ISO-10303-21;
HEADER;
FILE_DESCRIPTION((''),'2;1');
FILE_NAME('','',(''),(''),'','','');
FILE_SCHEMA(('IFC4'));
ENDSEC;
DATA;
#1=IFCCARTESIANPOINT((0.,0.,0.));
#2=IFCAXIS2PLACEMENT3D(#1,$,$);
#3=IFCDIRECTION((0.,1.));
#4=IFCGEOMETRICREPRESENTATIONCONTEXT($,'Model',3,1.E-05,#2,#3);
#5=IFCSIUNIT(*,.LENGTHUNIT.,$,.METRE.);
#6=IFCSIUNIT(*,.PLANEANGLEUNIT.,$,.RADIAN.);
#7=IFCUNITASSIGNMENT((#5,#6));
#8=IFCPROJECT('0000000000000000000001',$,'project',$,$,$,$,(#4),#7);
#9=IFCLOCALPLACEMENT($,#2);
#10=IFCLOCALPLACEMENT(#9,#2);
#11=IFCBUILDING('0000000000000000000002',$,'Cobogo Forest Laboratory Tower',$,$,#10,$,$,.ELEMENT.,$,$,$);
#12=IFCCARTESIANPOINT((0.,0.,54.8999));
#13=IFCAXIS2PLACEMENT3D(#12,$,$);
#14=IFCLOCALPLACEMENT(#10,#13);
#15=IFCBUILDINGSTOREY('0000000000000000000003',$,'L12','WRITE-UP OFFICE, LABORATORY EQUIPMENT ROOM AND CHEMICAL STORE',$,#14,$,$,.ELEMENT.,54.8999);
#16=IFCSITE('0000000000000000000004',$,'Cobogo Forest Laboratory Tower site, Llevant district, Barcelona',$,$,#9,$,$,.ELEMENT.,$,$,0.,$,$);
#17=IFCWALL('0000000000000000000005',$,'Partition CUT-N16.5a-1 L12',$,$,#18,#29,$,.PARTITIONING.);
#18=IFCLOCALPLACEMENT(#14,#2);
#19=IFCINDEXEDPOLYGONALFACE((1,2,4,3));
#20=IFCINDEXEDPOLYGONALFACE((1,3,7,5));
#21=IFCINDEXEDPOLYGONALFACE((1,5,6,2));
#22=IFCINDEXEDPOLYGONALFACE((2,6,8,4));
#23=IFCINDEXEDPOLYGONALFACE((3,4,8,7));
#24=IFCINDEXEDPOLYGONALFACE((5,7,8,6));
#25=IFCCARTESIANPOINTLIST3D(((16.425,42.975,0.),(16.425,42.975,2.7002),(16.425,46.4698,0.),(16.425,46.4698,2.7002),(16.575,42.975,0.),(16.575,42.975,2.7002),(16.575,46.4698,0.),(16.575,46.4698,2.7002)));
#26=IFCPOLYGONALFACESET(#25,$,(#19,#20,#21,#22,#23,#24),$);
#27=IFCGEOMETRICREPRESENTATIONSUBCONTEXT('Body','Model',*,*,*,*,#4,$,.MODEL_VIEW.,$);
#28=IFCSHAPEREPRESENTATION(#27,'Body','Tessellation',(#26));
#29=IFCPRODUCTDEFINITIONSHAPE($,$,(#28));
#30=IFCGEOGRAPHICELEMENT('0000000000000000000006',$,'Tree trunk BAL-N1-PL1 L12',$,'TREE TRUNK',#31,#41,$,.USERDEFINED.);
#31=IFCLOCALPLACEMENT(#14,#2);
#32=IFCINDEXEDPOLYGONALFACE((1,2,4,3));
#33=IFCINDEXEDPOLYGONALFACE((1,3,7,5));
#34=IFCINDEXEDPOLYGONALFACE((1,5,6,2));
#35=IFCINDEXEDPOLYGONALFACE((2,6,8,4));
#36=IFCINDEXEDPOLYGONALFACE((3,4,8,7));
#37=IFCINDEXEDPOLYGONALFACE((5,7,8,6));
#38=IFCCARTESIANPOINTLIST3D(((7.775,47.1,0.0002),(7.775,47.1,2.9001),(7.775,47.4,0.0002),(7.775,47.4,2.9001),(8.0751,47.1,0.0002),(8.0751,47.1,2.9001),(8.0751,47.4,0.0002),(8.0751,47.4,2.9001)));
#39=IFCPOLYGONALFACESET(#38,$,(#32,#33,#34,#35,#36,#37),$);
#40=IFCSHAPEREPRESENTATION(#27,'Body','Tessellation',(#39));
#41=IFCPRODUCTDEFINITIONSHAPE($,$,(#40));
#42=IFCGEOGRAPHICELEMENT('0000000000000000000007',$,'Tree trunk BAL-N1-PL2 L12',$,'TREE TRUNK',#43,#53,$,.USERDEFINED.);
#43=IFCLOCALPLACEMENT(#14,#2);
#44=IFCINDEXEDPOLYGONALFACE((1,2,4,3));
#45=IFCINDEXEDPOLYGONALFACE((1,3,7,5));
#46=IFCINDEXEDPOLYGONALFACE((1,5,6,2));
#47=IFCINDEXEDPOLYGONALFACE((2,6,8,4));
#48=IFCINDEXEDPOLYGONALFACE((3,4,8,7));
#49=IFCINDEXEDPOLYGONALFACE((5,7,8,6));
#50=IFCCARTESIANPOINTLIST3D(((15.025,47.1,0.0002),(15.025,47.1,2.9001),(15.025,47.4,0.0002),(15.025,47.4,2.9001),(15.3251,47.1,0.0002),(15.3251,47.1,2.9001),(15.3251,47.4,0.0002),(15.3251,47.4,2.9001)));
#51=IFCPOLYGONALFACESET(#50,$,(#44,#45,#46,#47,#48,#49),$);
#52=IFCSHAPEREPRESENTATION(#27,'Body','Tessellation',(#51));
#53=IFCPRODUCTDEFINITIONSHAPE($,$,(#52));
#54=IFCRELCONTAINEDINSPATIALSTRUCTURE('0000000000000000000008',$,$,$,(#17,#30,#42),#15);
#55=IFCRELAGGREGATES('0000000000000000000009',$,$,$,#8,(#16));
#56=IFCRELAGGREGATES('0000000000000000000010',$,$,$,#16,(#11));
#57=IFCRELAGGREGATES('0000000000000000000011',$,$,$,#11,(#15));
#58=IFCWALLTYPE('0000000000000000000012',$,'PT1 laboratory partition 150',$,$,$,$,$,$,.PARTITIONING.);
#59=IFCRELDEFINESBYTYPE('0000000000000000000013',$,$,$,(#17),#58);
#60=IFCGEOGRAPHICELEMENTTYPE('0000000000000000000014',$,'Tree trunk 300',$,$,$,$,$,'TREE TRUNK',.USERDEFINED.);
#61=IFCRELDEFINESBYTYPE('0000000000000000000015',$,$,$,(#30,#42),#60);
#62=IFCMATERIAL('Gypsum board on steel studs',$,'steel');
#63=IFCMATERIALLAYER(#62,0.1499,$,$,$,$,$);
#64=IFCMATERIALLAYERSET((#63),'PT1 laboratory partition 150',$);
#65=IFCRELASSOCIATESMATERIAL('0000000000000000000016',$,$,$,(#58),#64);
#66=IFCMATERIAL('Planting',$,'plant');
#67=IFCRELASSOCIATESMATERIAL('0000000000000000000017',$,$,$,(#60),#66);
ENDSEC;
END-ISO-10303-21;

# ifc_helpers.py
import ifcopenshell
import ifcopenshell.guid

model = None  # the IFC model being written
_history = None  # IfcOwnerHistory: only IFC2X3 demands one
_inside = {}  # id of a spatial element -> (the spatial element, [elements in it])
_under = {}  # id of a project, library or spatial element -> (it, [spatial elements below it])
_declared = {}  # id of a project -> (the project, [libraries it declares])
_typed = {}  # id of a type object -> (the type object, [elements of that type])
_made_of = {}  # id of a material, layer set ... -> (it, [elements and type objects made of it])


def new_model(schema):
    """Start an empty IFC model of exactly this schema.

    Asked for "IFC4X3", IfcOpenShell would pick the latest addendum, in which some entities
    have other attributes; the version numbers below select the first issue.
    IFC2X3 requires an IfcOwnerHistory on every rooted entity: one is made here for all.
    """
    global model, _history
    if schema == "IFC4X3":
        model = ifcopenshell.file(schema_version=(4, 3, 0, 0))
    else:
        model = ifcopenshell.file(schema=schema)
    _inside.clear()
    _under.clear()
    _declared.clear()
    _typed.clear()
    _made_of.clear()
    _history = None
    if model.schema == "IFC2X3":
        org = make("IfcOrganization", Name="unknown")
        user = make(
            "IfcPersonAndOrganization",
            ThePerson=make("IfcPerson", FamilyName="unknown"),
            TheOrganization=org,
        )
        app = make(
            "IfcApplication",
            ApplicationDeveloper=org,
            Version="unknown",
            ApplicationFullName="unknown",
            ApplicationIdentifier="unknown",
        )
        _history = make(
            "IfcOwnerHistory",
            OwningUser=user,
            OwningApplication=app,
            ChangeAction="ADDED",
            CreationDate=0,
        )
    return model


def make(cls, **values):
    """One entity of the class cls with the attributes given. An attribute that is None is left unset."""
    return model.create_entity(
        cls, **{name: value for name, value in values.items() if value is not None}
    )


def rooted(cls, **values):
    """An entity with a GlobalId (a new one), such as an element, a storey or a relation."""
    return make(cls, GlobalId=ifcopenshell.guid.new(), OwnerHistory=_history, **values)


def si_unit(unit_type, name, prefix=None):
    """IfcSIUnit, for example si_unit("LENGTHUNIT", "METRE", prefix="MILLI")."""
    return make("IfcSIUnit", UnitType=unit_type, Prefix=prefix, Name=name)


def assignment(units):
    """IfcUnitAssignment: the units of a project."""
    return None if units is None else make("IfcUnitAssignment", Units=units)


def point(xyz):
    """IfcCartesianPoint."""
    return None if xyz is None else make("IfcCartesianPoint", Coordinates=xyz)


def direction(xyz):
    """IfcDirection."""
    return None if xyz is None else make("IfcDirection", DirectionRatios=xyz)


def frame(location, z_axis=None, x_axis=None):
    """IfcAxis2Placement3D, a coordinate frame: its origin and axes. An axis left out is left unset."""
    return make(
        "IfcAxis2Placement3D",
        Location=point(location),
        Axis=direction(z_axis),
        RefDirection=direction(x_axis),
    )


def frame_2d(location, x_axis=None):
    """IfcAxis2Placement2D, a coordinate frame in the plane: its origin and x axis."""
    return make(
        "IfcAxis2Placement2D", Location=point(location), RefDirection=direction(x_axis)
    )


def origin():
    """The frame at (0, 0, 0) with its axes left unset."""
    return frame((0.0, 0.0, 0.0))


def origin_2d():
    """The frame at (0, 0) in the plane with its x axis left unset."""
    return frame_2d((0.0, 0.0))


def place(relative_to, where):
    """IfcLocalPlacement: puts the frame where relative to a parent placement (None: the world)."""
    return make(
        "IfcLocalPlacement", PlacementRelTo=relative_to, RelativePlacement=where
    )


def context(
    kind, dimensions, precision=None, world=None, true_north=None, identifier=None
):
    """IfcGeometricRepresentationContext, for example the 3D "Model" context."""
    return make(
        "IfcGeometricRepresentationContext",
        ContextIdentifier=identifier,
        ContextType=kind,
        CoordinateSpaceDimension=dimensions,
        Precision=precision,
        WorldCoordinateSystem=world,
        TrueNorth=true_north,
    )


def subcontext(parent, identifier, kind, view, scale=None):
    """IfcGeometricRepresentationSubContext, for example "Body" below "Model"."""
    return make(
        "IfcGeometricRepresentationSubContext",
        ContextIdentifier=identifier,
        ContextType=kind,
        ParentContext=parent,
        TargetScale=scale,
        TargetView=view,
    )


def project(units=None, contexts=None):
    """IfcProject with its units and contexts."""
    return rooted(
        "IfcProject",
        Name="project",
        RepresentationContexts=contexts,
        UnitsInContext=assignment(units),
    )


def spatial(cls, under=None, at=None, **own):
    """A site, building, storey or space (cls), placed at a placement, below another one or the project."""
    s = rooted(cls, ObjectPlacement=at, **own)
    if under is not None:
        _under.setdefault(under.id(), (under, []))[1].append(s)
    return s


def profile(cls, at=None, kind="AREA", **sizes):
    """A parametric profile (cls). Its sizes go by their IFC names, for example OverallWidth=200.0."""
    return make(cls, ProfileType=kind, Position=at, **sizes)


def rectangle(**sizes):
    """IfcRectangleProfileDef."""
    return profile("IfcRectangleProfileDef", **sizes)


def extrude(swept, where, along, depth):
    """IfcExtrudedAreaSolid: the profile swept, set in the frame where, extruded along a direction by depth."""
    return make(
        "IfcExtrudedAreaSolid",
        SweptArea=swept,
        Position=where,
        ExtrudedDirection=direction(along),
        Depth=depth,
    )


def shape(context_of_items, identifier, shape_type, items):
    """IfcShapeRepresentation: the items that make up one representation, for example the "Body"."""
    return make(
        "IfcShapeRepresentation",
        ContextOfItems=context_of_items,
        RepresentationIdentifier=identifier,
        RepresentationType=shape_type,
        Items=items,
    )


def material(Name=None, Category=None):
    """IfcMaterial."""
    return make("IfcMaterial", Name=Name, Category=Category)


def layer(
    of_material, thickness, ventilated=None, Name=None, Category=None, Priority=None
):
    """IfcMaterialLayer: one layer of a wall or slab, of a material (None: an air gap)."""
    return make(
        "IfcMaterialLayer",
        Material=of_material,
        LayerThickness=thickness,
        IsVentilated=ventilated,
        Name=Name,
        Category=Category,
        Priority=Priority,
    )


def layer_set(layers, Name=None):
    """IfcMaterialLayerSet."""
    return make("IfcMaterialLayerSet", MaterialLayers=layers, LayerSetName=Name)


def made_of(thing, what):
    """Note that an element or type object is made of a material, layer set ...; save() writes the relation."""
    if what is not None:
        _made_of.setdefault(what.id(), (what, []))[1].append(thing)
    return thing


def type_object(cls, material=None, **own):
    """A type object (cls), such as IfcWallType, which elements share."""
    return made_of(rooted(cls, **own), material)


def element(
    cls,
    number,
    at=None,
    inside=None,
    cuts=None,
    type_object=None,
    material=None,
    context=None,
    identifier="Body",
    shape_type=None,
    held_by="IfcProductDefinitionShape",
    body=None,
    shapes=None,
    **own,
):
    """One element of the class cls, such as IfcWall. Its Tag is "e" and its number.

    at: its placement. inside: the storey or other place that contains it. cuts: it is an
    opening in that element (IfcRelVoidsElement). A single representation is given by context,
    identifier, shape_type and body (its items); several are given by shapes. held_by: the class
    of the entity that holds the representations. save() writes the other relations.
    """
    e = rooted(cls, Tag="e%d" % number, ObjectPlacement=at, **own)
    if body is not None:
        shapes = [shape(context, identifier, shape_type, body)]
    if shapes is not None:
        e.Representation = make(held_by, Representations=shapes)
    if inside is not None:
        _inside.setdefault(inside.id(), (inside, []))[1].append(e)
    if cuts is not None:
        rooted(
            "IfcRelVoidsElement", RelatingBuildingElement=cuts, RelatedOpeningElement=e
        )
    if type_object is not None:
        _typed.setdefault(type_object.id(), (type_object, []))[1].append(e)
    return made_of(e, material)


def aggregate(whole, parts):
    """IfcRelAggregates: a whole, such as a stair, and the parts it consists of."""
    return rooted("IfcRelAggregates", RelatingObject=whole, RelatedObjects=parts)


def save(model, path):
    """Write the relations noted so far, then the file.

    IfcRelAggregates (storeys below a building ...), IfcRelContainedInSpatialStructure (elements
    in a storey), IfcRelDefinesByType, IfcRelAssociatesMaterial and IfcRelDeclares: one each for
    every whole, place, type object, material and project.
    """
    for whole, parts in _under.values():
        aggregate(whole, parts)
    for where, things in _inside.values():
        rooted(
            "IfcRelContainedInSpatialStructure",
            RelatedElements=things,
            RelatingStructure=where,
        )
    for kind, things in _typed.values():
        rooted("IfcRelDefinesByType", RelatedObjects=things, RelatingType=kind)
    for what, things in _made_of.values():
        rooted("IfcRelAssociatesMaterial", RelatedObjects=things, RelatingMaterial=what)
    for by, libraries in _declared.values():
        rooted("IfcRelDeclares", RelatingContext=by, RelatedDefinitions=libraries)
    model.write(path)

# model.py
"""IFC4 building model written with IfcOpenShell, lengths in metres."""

from ifc_helpers import new_model, si_unit, direction, frame, frame_2d, origin, origin_2d, place, context, subcontext, project, spatial, rectangle, extrude, material, layer, layer_set, type_object, element, save


model = new_model("IFC4")

# Units and contexts
model_context = context("Model", 3, precision=1e-05, world=origin(), true_north=direction((0.0, 1.0)))
body_context = subcontext(model_context, "Body", "Model", "MODEL_VIEW")
ifc_project = project(units=[si_unit("LENGTHUNIT", "METRE"), si_unit("PLANEANGLEUNIT", "RADIAN")], contexts=[model_context])

# Site, building, storey
site_placement = place(None, origin())
site = spatial("IfcSite", under=ifc_project, at=site_placement, Name="Cobogo Forest Laboratory Tower site, Llevant district, Barcelona", CompositionType="ELEMENT", RefElevation=0.0)
building_placement = place(site_placement, origin())
building = spatial("IfcBuilding", under=site, at=building_placement, Name="Cobogo Forest Laboratory Tower", CompositionType="ELEMENT")
storey_placement = place(building_placement, frame((0.0, 0.0, 54.8999)))
storey = spatial("IfcBuildingStorey", under=building, at=storey_placement, Name="L12", Description="WRITE-UP OFFICE, LABORATORY EQUIPMENT ROOM AND CHEMICAL STORE", CompositionType="ELEMENT", Elevation=54.8999)

# Wall
ifc_material_1 = material(Name="Gypsum board on steel studs", Category="steel")
ifc_layer_1 = layer(ifc_material_1, 0.1499)
ifc_layer_set_1 = layer_set([ifc_layer_1], Name="PT1 laboratory partition 150")
wall_type_1 = type_object("IfcWallType", Name="PT1 laboratory partition 150", PredefinedType="PARTITIONING", material=ifc_layer_set_1)
wall_1_placement = place(storey_placement, frame((16.5, 46.47, 0.0), z_axis=(0.0, 0.0, 1.0), x_axis=(0.0, -1.0, 0.0)))
element("IfcWall", 1, at=wall_1_placement, inside=storey, type_object=wall_type_1, Name="Partition CUT-N16.5a-1 L12", PredefinedType="PARTITIONING", context=body_context, shape_type="SweptSolid", body=[
    extrude(rectangle(XDim=3.4949, YDim=0.1499, at=frame_2d((1.7476, 0.0))), origin(), (0.0, 0.0, 1.0), 2.7002),
])

# Geographic elements
ifc_material_2 = material(Name="Planting", Category="plant")
geographic_element_type = type_object("IfcGeographicElementType", Name="Tree trunk 300", ElementType="TREE TRUNK", PredefinedType="USERDEFINED", material=ifc_material_2)
for number, where, z_axis, x_axis, name in (
    (2, (7.925, 47.25, 0.0002), (0.0, 0.0, 1.0), (1.0, 0.0, 0.0), "Tree trunk BAL-N1-PL1 L12"),
    (3, (15.175, 47.25, 0.0002), (0.0, 0.0, 1.0), (1.0, 0.0, 0.0), "Tree trunk BAL-N1-PL2 L12"),
):
    element("IfcGeographicElement", number, at=place(storey_placement, frame(where, z_axis=z_axis, x_axis=x_axis)), inside=storey, type_object=geographic_element_type, Name=name, ObjectType="TREE TRUNK", PredefinedType="USERDEFINED", context=body_context, shape_type="SweptSolid", body=[
        extrude(rectangle(XDim=0.3, YDim=0.3, at=origin_2d()), origin(), (0.0, 0.0, 1.0), 2.8999),
    ])

save(model, "model.ifc")
